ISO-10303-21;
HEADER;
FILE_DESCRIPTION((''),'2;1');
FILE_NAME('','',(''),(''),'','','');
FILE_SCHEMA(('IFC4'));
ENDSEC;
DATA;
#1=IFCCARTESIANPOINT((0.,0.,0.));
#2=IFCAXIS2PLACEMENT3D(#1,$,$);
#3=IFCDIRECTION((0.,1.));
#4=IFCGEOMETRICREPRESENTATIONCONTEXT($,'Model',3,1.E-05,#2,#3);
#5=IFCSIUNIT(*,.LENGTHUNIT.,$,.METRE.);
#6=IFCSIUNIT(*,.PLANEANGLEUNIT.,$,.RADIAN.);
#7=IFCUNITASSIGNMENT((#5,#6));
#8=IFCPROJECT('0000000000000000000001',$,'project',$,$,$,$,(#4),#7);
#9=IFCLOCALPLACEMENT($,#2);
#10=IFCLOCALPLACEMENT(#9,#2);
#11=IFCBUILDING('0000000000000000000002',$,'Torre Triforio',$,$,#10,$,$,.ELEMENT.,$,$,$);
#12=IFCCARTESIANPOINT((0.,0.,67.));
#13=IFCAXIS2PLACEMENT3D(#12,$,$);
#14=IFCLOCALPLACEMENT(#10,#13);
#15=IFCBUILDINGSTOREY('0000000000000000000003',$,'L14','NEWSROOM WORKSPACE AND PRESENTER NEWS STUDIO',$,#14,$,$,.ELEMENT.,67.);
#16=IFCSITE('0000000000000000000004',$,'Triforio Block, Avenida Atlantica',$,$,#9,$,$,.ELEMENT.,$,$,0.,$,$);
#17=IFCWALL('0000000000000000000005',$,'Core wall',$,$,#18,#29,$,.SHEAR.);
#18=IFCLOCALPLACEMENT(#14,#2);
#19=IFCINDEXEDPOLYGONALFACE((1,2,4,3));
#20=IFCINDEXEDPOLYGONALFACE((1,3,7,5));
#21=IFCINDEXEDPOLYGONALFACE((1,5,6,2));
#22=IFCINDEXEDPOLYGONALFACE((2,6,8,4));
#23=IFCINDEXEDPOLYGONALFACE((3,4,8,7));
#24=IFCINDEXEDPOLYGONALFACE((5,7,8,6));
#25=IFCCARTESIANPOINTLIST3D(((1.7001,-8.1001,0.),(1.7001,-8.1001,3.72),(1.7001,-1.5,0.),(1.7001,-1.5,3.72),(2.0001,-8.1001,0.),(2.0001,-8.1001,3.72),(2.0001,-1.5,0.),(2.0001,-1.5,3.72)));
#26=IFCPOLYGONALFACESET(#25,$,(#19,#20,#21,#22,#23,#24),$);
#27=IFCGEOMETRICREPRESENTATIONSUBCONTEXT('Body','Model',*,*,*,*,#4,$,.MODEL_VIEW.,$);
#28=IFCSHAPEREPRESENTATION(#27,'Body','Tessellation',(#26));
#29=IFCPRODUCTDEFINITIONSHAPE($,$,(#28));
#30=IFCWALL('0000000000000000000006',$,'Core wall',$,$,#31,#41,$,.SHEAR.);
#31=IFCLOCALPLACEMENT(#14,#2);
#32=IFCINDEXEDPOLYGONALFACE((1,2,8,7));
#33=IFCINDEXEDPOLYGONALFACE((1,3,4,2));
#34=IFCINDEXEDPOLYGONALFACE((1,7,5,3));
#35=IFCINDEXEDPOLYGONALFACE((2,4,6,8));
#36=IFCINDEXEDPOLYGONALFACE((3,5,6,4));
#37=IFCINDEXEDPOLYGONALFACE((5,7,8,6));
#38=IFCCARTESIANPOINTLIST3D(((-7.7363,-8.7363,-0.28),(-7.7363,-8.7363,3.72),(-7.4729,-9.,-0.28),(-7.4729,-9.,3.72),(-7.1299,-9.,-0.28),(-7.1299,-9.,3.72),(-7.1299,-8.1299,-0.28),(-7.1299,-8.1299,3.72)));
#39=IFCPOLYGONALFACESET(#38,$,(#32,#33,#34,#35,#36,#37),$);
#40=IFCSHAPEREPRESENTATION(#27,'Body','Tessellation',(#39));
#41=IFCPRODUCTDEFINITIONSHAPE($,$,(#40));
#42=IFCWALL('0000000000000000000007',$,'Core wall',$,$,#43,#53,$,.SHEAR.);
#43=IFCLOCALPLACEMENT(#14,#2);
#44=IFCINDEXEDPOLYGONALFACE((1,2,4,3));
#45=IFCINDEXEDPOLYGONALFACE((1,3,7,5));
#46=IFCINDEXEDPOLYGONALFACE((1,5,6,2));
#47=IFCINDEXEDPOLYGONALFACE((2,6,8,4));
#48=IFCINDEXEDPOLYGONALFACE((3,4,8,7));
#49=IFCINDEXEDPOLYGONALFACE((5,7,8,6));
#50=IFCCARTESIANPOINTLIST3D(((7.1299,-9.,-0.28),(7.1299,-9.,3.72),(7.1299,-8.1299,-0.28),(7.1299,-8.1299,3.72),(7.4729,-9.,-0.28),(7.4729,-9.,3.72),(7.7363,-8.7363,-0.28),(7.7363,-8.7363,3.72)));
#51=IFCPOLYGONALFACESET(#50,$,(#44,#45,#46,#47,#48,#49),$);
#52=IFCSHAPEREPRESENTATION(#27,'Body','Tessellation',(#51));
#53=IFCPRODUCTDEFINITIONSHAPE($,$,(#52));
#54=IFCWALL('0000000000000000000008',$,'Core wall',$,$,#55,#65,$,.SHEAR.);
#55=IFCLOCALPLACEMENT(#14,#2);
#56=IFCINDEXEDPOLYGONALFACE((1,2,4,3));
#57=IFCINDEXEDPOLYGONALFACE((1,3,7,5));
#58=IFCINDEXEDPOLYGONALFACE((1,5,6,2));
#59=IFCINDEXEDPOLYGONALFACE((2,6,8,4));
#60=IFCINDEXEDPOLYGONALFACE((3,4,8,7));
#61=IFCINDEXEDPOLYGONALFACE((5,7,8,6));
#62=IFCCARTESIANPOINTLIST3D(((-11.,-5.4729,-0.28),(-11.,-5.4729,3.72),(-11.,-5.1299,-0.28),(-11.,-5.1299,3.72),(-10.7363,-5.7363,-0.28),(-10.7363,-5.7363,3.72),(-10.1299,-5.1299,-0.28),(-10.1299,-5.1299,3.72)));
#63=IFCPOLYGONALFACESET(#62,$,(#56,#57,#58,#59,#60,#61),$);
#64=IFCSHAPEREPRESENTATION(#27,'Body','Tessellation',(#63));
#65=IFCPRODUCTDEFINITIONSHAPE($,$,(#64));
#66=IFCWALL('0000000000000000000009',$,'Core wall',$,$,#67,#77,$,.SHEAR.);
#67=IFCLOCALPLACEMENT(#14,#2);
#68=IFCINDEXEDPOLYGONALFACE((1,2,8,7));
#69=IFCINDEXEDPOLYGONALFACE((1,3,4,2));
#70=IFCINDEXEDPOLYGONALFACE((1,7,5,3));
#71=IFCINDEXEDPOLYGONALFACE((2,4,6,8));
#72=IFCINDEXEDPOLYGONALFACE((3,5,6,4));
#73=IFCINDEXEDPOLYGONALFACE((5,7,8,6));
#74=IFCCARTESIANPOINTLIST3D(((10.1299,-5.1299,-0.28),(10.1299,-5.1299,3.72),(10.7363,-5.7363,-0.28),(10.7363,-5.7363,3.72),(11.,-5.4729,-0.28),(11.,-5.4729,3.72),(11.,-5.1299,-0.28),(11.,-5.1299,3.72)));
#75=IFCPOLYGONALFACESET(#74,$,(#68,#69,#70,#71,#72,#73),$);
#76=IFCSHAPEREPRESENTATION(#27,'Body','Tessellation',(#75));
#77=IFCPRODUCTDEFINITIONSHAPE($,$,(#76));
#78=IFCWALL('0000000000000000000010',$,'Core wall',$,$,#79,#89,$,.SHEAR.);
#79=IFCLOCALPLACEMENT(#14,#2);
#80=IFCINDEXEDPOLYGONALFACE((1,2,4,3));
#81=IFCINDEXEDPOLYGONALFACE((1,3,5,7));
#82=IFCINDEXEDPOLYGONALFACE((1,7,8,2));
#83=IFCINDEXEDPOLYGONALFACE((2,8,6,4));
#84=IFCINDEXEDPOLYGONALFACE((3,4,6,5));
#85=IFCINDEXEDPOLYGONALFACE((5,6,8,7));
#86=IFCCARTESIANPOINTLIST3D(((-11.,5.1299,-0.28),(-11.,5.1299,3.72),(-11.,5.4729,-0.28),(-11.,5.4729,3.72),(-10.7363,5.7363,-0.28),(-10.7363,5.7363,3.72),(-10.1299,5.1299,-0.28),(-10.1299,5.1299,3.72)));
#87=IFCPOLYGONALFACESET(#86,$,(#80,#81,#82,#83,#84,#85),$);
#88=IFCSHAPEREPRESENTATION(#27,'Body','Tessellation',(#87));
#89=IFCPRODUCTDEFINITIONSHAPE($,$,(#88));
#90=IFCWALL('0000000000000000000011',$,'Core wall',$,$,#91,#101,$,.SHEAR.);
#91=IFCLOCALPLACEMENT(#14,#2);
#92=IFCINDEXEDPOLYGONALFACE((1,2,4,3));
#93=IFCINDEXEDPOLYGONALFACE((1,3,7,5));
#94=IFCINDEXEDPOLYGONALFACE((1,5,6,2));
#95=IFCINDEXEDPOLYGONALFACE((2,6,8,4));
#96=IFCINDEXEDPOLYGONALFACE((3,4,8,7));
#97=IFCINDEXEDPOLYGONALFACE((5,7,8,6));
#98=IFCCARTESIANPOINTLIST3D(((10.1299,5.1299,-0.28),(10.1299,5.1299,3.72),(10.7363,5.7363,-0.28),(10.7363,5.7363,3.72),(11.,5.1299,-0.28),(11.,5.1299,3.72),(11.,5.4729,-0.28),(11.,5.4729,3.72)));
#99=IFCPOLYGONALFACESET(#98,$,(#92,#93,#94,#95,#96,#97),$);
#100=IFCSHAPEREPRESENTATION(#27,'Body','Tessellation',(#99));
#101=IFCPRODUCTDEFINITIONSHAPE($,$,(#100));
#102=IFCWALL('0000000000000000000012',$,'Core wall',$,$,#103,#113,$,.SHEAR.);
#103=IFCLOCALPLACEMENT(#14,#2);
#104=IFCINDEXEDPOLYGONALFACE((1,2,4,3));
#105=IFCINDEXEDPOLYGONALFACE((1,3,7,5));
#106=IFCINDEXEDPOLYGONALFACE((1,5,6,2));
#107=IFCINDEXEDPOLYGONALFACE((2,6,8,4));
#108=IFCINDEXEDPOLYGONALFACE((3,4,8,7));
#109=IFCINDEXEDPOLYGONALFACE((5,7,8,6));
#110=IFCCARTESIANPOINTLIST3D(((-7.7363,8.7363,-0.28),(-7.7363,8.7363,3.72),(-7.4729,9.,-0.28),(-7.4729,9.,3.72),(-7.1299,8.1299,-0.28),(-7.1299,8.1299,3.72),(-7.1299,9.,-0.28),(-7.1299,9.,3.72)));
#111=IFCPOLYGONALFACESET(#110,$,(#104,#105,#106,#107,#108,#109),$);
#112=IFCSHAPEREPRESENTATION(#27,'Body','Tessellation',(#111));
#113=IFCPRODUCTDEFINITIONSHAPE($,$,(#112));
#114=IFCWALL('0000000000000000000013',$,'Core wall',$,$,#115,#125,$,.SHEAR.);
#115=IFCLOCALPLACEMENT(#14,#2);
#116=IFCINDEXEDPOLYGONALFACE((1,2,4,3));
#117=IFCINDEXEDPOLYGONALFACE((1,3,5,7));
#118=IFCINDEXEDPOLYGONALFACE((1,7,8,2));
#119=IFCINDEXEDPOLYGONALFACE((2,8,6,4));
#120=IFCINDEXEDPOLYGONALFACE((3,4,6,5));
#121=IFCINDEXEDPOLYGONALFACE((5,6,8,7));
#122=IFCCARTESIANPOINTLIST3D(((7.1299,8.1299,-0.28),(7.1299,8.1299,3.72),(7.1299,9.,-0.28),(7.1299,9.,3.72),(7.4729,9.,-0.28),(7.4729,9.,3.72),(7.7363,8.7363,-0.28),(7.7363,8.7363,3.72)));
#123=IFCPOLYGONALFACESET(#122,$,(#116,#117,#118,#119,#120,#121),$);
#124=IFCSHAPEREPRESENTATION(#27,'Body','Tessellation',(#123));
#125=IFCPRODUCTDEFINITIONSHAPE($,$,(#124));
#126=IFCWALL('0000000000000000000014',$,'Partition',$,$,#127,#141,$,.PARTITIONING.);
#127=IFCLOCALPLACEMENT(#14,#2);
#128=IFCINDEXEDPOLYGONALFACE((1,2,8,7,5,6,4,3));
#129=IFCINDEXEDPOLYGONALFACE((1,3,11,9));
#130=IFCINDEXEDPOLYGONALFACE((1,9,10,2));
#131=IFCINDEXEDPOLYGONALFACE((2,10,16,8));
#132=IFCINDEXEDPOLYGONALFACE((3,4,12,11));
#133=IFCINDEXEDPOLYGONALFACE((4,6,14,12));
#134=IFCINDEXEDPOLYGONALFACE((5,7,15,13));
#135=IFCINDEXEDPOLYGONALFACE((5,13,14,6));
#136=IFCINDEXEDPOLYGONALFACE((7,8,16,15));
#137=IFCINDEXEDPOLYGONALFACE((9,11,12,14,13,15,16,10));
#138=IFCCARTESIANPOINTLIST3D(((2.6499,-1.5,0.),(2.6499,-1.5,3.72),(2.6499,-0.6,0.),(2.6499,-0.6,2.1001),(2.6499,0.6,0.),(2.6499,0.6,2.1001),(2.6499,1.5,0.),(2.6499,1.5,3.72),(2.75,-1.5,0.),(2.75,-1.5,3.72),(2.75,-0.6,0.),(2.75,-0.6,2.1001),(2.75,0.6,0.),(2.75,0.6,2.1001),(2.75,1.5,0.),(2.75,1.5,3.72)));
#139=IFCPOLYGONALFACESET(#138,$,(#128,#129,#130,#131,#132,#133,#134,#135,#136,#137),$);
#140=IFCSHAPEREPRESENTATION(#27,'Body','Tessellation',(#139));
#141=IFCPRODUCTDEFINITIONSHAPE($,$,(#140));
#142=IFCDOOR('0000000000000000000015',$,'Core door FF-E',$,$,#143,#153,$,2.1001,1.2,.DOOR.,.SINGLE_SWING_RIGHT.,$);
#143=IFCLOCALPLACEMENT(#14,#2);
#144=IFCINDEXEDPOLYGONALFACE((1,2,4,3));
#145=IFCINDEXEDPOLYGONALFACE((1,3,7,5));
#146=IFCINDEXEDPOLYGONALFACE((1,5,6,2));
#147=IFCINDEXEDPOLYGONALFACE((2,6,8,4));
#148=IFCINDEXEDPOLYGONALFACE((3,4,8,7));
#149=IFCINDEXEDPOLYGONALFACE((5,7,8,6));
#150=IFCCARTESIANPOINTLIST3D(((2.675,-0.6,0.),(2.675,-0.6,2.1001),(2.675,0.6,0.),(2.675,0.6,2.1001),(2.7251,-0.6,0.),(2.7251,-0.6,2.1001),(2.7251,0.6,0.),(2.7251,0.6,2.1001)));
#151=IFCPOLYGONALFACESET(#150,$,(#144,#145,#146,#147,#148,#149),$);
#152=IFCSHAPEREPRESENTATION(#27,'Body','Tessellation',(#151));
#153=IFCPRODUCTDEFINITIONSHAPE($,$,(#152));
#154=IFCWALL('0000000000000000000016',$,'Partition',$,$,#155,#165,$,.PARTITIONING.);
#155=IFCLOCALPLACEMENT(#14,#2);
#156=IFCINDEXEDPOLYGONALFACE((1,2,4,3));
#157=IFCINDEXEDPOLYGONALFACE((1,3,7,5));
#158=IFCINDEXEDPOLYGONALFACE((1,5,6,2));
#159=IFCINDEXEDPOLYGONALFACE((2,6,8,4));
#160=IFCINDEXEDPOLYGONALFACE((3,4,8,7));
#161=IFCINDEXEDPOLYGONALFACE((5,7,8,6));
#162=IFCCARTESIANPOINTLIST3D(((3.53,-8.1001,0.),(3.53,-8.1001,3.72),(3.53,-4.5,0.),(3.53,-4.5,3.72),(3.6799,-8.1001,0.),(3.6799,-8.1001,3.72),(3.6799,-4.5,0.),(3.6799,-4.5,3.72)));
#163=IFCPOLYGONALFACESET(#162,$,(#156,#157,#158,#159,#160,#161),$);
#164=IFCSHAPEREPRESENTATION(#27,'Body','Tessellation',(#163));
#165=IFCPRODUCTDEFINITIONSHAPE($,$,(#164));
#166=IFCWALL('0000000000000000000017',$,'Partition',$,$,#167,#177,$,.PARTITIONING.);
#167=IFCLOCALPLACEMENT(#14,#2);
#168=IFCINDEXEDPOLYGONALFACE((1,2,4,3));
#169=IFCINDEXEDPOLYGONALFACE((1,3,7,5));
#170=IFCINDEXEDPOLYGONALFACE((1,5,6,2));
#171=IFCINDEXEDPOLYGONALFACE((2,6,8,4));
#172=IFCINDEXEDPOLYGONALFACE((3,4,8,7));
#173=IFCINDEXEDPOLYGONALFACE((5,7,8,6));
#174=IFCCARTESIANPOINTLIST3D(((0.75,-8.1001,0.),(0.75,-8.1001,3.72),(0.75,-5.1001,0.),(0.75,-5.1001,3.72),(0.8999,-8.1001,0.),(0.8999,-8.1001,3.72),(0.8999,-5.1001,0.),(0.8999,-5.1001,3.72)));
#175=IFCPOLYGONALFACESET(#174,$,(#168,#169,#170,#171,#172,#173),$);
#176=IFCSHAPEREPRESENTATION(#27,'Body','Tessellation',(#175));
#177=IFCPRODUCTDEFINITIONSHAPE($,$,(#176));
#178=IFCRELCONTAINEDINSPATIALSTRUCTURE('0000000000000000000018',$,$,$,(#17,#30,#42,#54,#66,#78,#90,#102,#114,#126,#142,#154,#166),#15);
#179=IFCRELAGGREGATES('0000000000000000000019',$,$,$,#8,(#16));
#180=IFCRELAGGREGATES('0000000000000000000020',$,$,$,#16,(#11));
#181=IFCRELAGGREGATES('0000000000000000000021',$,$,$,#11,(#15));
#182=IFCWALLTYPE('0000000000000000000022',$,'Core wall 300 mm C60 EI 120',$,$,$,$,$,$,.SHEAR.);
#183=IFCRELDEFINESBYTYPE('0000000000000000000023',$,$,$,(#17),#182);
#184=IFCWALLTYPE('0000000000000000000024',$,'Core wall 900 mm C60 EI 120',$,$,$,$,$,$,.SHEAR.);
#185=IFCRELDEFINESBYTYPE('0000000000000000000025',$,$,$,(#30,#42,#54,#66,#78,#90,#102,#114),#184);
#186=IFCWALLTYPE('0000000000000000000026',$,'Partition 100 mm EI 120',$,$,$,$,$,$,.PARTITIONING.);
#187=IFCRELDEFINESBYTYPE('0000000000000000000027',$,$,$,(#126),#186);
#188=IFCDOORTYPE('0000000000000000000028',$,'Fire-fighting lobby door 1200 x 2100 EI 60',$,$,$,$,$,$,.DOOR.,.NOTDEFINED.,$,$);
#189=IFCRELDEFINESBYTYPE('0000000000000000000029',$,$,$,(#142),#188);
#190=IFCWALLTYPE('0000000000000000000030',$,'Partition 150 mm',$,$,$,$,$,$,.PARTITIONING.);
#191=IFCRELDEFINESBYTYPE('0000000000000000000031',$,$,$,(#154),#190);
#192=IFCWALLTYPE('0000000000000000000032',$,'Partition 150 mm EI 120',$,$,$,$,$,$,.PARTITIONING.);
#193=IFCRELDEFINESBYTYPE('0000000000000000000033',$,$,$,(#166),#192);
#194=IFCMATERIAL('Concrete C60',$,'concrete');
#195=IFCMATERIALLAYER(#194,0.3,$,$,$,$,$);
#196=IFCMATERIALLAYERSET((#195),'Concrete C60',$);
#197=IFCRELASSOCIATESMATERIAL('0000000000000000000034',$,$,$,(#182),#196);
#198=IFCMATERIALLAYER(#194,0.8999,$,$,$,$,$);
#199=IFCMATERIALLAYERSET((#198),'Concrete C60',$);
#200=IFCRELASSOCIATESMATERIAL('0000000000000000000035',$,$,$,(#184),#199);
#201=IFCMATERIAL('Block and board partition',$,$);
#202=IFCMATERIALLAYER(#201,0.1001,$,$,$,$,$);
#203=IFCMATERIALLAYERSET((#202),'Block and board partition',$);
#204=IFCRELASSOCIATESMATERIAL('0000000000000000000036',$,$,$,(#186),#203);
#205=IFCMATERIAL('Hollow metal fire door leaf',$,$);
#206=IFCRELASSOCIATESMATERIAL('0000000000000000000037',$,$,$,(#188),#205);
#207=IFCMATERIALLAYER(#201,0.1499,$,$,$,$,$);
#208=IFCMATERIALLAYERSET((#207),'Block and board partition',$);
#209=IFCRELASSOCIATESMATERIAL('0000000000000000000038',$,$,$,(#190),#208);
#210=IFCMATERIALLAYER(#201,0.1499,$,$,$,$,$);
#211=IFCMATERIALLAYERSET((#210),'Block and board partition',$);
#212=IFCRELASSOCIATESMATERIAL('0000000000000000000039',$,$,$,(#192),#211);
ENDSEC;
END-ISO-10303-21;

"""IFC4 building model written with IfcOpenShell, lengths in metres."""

from ifc_helpers import new_model, si_unit, direction, frame, frame_2d, origin, place, context, subcontext, project, spatial, polyline, rectangle, outline, extrude, material, layer, layer_set, type_object, element, fill, save


model = new_model("IFC4")

# Units and contexts
model_context = context("Model", 3, precision=1e-05, world=origin(), true_north=direction((0.0, 1.0)))
body_context = subcontext(model_context, "Body", "Model", "MODEL_VIEW")
ifc_project = project(units=[si_unit("LENGTHUNIT", "METRE"), si_unit("PLANEANGLEUNIT", "RADIAN")], contexts=[model_context])

# Site, building, storey
site_placement = place(None, origin())
site = spatial("IfcSite", under=ifc_project, at=site_placement, Name="Triforio Block, Avenida Atlantica", CompositionType="ELEMENT", RefElevation=0.0)
building_placement = place(site_placement, origin())
building = spatial("IfcBuilding", under=site, at=building_placement, Name="Torre Triforio", CompositionType="ELEMENT")
storey_placement = place(building_placement, frame((0.0, 0.0, 67.0)))
storey = spatial("IfcBuildingStorey", under=building, at=storey_placement, Name="L14", Description="NEWSROOM WORKSPACE AND PRESENTER NEWS STUDIO", CompositionType="ELEMENT", Elevation=67.0)

# Walls
ifc_material_1 = material(Name="Concrete C60", Category="concrete")
ifc_layer_1 = layer(ifc_material_1, 0.3)
ifc_layer_set_1 = layer_set([ifc_layer_1], Name="Concrete C60")
wall_type_1 = type_object("IfcWallType", Name="Core wall 300 mm C60 EI 120", PredefinedType="SHEAR", material=ifc_layer_set_1)
wall_1_placement = place(storey_placement, frame((1.8501, -8.1001, 0.0), z_axis=(0.0, 0.0, 1.0), x_axis=(0.0, 1.0, 0.0)))
element("IfcWall", 1, at=wall_1_placement, inside=storey, type_object=wall_type_1, Name="Core wall", PredefinedType="SHEAR", context=body_context, shape_type="SweptSolid", body=[
    extrude(rectangle(XDim=6.6001, YDim=0.3, at=frame_2d((3.3, 0.0))), origin(), (0.0, 0.0, 1.0), 3.72),
])
ifc_layer_2 = layer(ifc_material_1, 0.8999)
ifc_layer_set_2 = layer_set([ifc_layer_2], Name="Concrete C60")
wall_type_2 = type_object("IfcWallType", Name="Core wall 900 mm C60 EI 120", PredefinedType="SHEAR", material=ifc_layer_set_2)
wall_2_placement = place(storey_placement, frame((0.0, 0.0, -0.28)))
element("IfcWall", 2, at=wall_2_placement, inside=storey, type_object=wall_type_2, Name="Core wall", PredefinedType="SHEAR", context=body_context, shape_type="SweptSolid", body=[
    extrude(outline(polyline([(-7.4729, -9.0), (-7.7363, -8.7363), (-7.1299, -8.1299), (-7.1299, -9.0), (-7.4729, -9.0)])), origin(), (0.0, 0.0, 1.0), 4.0),
])
wall_3_placement = place(storey_placement, frame((0.0, 0.0, -0.28)))
element("IfcWall", 3, at=wall_3_placement, inside=storey, type_object=wall_type_2, Name="Core wall", PredefinedType="SHEAR", context=body_context, shape_type="SweptSolid", body=[
    extrude(outline(polyline([(7.4729, -9.0), (7.1299, -9.0), (7.1299, -8.1299), (7.7363, -8.7363), (7.4729, -9.0)])), origin(), (0.0, 0.0, 1.0), 4.0),
])
wall_4_placement = place(storey_placement, frame((0.0, 0.0, -0.28)))
element("IfcWall", 4, at=wall_4_placement, inside=storey, type_object=wall_type_2, Name="Core wall", PredefinedType="SHEAR", context=body_context, shape_type="SweptSolid", body=[
    extrude(outline(polyline([(-11.0, -5.4729), (-11.0, -5.1299), (-10.1299, -5.1299), (-10.7363, -5.7363), (-11.0, -5.4729)])), origin(), (0.0, 0.0, 1.0), 4.0),
])
wall_5_placement = place(storey_placement, frame((0.0, 0.0, -0.28)))
element("IfcWall", 5, at=wall_5_placement, inside=storey, type_object=wall_type_2, Name="Core wall", PredefinedType="SHEAR", context=body_context, shape_type="SweptSolid", body=[
    extrude(outline(polyline([(11.0, -5.4729), (10.7363, -5.7363), (10.1299, -5.1299), (11.0, -5.1299), (11.0, -5.4729)])), origin(), (0.0, 0.0, 1.0), 4.0),
])
wall_6_placement = place(storey_placement, frame((0.0, 0.0, -0.28)))
element("IfcWall", 6, at=wall_6_placement, inside=storey, type_object=wall_type_2, Name="Core wall", PredefinedType="SHEAR", context=body_context, shape_type="SweptSolid", body=[
    extrude(outline(polyline([(-10.7363, 5.7363), (-10.1299, 5.1299), (-11.0, 5.1299), (-11.0, 5.4729), (-10.7363, 5.7363)])), origin(), (0.0, 0.0, 1.0), 4.0),
])
wall_7_placement = place(storey_placement, frame((0.0, 0.0, -0.28)))
element("IfcWall", 7, at=wall_7_placement, inside=storey, type_object=wall_type_2, Name="Core wall", PredefinedType="SHEAR", context=body_context, shape_type="SweptSolid", body=[
    extrude(outline(polyline([(11.0, 5.4729), (11.0, 5.1299), (10.1299, 5.1299), (10.7363, 5.7363), (11.0, 5.4729)])), origin(), (0.0, 0.0, 1.0), 4.0),
])
wall_8_placement = place(storey_placement, frame((0.0, 0.0, -0.28)))
element("IfcWall", 8, at=wall_8_placement, inside=storey, type_object=wall_type_2, Name="Core wall", PredefinedType="SHEAR", context=body_context, shape_type="SweptSolid", body=[
    extrude(outline(polyline([(-7.4729, 9.0), (-7.1299, 9.0), (-7.1299, 8.1299), (-7.7363, 8.7363), (-7.4729, 9.0)])), origin(), (0.0, 0.0, 1.0), 4.0),
])
wall_9_placement = place(storey_placement, frame((0.0, 0.0, -0.28)))
element("IfcWall", 9, at=wall_9_placement, inside=storey, type_object=wall_type_2, Name="Core wall", PredefinedType="SHEAR", context=body_context, shape_type="SweptSolid", body=[
    extrude(outline(polyline([(7.4729, 9.0), (7.7363, 8.7363), (7.1299, 8.1299), (7.1299, 9.0), (7.4729, 9.0)])), origin(), (0.0, 0.0, 1.0), 4.0),
])

# Wall, opening, door
ifc_material_2 = material(Name="Block and board partition")
ifc_layer_3 = layer(ifc_material_2, 0.1001)
ifc_layer_set_3 = layer_set([ifc_layer_3], Name="Block and board partition")
wall_type_3 = type_object("IfcWallType", Name="Partition 100 mm EI 120", PredefinedType="PARTITIONING", material=ifc_layer_set_3)
wall_10_placement = place(storey_placement, frame((2.7, -1.5, 0.0), z_axis=(0.0, 0.0, 1.0), x_axis=(0.0, 1.0, 0.0)))
wall_10 = element("IfcWall", 10, at=wall_10_placement, inside=storey, type_object=wall_type_3, Name="Partition", PredefinedType="PARTITIONING", context=body_context, shape_type="SweptSolid", body=[
    extrude(rectangle(XDim=3.0, YDim=0.1001, at=frame_2d((1.5, 0.0))), origin(), (0.0, 0.0, 1.0), 3.72),
])
opening_placement = place(wall_10_placement, frame((0.8999, 0.0, 0.0)))
opening = element("IfcOpeningElement", 11, at=opening_placement, cuts=wall_10, PredefinedType="OPENING", context=body_context, shape_type="SweptSolid", body=[
    extrude(rectangle(XDim=1.2, YDim=2.1001, at=frame_2d((0.6001, 1.05))), frame((0.0, 0.0601, 0.0), z_axis=(0.0, -1.0, 0.0), x_axis=(1.0, 0.0, 0.0)), (0.0, 0.0, 1.0), 0.1201),
])
ifc_material_3 = material(Name="Hollow metal fire door leaf")
door_type = type_object("IfcDoorType", Name="Fire-fighting lobby door 1200 x 2100 EI 60", OperationType="NOTDEFINED", PredefinedType="DOOR", material=ifc_material_3)
door_placement = place(opening_placement, origin())
door = element("IfcDoor", 12, at=door_placement, inside=storey, type_object=door_type, Name="Core door FF-E", OperationType="SINGLE_SWING_RIGHT", OverallHeight=2.1001, OverallWidth=1.2, PredefinedType="DOOR", context=body_context, shape_type="SweptSolid", body=[
    extrude(rectangle(XDim=1.2, YDim=2.1001, at=frame_2d((0.6001, 1.05))), frame((0.0, 0.0249, 0.0), z_axis=(0.0, -1.0, 0.0), x_axis=(1.0, 0.0, 0.0)), (0.0, 0.0, 1.0), 0.05),
])
fill(opening, door)

# Walls
ifc_layer_4 = layer(ifc_material_2, 0.1499)
ifc_layer_set_4 = layer_set([ifc_layer_4], Name="Block and board partition")
wall_type_4 = type_object("IfcWallType", Name="Partition 150 mm", PredefinedType="PARTITIONING", material=ifc_layer_set_4)
wall_11_placement = place(storey_placement, frame((3.605, -8.1001, 0.0), z_axis=(0.0, 0.0, 1.0), x_axis=(0.0, 1.0, 0.0)))
element("IfcWall", 13, at=wall_11_placement, inside=storey, type_object=wall_type_4, Name="Partition", PredefinedType="PARTITIONING", context=body_context, shape_type="SweptSolid", body=[
    extrude(rectangle(XDim=3.6001, YDim=0.1499, at=frame_2d((1.8, 0.0))), origin(), (0.0, 0.0, 1.0), 3.72),
])
ifc_layer_5 = layer(ifc_material_2, 0.1499)
ifc_layer_set_5 = layer_set([ifc_layer_5], Name="Block and board partition")
wall_type_5 = type_object("IfcWallType", Name="Partition 150 mm EI 120", PredefinedType="PARTITIONING", material=ifc_layer_set_5)
wall_12_placement = place(storey_placement, frame((0.825, -8.1001, 0.0), z_axis=(0.0, 0.0, 1.0), x_axis=(0.0, 1.0, 0.0)))
element("IfcWall", 14, at=wall_12_placement, inside=storey, type_object=wall_type_5, Name="Partition", PredefinedType="PARTITIONING", context=body_context, shape_type="SweptSolid", body=[
    extrude(rectangle(XDim=3.0, YDim=0.1499, at=frame_2d((1.5, 0.0))), origin(), (0.0, 0.0, 1.0), 3.72),
])

save(model, "model.ifc")
